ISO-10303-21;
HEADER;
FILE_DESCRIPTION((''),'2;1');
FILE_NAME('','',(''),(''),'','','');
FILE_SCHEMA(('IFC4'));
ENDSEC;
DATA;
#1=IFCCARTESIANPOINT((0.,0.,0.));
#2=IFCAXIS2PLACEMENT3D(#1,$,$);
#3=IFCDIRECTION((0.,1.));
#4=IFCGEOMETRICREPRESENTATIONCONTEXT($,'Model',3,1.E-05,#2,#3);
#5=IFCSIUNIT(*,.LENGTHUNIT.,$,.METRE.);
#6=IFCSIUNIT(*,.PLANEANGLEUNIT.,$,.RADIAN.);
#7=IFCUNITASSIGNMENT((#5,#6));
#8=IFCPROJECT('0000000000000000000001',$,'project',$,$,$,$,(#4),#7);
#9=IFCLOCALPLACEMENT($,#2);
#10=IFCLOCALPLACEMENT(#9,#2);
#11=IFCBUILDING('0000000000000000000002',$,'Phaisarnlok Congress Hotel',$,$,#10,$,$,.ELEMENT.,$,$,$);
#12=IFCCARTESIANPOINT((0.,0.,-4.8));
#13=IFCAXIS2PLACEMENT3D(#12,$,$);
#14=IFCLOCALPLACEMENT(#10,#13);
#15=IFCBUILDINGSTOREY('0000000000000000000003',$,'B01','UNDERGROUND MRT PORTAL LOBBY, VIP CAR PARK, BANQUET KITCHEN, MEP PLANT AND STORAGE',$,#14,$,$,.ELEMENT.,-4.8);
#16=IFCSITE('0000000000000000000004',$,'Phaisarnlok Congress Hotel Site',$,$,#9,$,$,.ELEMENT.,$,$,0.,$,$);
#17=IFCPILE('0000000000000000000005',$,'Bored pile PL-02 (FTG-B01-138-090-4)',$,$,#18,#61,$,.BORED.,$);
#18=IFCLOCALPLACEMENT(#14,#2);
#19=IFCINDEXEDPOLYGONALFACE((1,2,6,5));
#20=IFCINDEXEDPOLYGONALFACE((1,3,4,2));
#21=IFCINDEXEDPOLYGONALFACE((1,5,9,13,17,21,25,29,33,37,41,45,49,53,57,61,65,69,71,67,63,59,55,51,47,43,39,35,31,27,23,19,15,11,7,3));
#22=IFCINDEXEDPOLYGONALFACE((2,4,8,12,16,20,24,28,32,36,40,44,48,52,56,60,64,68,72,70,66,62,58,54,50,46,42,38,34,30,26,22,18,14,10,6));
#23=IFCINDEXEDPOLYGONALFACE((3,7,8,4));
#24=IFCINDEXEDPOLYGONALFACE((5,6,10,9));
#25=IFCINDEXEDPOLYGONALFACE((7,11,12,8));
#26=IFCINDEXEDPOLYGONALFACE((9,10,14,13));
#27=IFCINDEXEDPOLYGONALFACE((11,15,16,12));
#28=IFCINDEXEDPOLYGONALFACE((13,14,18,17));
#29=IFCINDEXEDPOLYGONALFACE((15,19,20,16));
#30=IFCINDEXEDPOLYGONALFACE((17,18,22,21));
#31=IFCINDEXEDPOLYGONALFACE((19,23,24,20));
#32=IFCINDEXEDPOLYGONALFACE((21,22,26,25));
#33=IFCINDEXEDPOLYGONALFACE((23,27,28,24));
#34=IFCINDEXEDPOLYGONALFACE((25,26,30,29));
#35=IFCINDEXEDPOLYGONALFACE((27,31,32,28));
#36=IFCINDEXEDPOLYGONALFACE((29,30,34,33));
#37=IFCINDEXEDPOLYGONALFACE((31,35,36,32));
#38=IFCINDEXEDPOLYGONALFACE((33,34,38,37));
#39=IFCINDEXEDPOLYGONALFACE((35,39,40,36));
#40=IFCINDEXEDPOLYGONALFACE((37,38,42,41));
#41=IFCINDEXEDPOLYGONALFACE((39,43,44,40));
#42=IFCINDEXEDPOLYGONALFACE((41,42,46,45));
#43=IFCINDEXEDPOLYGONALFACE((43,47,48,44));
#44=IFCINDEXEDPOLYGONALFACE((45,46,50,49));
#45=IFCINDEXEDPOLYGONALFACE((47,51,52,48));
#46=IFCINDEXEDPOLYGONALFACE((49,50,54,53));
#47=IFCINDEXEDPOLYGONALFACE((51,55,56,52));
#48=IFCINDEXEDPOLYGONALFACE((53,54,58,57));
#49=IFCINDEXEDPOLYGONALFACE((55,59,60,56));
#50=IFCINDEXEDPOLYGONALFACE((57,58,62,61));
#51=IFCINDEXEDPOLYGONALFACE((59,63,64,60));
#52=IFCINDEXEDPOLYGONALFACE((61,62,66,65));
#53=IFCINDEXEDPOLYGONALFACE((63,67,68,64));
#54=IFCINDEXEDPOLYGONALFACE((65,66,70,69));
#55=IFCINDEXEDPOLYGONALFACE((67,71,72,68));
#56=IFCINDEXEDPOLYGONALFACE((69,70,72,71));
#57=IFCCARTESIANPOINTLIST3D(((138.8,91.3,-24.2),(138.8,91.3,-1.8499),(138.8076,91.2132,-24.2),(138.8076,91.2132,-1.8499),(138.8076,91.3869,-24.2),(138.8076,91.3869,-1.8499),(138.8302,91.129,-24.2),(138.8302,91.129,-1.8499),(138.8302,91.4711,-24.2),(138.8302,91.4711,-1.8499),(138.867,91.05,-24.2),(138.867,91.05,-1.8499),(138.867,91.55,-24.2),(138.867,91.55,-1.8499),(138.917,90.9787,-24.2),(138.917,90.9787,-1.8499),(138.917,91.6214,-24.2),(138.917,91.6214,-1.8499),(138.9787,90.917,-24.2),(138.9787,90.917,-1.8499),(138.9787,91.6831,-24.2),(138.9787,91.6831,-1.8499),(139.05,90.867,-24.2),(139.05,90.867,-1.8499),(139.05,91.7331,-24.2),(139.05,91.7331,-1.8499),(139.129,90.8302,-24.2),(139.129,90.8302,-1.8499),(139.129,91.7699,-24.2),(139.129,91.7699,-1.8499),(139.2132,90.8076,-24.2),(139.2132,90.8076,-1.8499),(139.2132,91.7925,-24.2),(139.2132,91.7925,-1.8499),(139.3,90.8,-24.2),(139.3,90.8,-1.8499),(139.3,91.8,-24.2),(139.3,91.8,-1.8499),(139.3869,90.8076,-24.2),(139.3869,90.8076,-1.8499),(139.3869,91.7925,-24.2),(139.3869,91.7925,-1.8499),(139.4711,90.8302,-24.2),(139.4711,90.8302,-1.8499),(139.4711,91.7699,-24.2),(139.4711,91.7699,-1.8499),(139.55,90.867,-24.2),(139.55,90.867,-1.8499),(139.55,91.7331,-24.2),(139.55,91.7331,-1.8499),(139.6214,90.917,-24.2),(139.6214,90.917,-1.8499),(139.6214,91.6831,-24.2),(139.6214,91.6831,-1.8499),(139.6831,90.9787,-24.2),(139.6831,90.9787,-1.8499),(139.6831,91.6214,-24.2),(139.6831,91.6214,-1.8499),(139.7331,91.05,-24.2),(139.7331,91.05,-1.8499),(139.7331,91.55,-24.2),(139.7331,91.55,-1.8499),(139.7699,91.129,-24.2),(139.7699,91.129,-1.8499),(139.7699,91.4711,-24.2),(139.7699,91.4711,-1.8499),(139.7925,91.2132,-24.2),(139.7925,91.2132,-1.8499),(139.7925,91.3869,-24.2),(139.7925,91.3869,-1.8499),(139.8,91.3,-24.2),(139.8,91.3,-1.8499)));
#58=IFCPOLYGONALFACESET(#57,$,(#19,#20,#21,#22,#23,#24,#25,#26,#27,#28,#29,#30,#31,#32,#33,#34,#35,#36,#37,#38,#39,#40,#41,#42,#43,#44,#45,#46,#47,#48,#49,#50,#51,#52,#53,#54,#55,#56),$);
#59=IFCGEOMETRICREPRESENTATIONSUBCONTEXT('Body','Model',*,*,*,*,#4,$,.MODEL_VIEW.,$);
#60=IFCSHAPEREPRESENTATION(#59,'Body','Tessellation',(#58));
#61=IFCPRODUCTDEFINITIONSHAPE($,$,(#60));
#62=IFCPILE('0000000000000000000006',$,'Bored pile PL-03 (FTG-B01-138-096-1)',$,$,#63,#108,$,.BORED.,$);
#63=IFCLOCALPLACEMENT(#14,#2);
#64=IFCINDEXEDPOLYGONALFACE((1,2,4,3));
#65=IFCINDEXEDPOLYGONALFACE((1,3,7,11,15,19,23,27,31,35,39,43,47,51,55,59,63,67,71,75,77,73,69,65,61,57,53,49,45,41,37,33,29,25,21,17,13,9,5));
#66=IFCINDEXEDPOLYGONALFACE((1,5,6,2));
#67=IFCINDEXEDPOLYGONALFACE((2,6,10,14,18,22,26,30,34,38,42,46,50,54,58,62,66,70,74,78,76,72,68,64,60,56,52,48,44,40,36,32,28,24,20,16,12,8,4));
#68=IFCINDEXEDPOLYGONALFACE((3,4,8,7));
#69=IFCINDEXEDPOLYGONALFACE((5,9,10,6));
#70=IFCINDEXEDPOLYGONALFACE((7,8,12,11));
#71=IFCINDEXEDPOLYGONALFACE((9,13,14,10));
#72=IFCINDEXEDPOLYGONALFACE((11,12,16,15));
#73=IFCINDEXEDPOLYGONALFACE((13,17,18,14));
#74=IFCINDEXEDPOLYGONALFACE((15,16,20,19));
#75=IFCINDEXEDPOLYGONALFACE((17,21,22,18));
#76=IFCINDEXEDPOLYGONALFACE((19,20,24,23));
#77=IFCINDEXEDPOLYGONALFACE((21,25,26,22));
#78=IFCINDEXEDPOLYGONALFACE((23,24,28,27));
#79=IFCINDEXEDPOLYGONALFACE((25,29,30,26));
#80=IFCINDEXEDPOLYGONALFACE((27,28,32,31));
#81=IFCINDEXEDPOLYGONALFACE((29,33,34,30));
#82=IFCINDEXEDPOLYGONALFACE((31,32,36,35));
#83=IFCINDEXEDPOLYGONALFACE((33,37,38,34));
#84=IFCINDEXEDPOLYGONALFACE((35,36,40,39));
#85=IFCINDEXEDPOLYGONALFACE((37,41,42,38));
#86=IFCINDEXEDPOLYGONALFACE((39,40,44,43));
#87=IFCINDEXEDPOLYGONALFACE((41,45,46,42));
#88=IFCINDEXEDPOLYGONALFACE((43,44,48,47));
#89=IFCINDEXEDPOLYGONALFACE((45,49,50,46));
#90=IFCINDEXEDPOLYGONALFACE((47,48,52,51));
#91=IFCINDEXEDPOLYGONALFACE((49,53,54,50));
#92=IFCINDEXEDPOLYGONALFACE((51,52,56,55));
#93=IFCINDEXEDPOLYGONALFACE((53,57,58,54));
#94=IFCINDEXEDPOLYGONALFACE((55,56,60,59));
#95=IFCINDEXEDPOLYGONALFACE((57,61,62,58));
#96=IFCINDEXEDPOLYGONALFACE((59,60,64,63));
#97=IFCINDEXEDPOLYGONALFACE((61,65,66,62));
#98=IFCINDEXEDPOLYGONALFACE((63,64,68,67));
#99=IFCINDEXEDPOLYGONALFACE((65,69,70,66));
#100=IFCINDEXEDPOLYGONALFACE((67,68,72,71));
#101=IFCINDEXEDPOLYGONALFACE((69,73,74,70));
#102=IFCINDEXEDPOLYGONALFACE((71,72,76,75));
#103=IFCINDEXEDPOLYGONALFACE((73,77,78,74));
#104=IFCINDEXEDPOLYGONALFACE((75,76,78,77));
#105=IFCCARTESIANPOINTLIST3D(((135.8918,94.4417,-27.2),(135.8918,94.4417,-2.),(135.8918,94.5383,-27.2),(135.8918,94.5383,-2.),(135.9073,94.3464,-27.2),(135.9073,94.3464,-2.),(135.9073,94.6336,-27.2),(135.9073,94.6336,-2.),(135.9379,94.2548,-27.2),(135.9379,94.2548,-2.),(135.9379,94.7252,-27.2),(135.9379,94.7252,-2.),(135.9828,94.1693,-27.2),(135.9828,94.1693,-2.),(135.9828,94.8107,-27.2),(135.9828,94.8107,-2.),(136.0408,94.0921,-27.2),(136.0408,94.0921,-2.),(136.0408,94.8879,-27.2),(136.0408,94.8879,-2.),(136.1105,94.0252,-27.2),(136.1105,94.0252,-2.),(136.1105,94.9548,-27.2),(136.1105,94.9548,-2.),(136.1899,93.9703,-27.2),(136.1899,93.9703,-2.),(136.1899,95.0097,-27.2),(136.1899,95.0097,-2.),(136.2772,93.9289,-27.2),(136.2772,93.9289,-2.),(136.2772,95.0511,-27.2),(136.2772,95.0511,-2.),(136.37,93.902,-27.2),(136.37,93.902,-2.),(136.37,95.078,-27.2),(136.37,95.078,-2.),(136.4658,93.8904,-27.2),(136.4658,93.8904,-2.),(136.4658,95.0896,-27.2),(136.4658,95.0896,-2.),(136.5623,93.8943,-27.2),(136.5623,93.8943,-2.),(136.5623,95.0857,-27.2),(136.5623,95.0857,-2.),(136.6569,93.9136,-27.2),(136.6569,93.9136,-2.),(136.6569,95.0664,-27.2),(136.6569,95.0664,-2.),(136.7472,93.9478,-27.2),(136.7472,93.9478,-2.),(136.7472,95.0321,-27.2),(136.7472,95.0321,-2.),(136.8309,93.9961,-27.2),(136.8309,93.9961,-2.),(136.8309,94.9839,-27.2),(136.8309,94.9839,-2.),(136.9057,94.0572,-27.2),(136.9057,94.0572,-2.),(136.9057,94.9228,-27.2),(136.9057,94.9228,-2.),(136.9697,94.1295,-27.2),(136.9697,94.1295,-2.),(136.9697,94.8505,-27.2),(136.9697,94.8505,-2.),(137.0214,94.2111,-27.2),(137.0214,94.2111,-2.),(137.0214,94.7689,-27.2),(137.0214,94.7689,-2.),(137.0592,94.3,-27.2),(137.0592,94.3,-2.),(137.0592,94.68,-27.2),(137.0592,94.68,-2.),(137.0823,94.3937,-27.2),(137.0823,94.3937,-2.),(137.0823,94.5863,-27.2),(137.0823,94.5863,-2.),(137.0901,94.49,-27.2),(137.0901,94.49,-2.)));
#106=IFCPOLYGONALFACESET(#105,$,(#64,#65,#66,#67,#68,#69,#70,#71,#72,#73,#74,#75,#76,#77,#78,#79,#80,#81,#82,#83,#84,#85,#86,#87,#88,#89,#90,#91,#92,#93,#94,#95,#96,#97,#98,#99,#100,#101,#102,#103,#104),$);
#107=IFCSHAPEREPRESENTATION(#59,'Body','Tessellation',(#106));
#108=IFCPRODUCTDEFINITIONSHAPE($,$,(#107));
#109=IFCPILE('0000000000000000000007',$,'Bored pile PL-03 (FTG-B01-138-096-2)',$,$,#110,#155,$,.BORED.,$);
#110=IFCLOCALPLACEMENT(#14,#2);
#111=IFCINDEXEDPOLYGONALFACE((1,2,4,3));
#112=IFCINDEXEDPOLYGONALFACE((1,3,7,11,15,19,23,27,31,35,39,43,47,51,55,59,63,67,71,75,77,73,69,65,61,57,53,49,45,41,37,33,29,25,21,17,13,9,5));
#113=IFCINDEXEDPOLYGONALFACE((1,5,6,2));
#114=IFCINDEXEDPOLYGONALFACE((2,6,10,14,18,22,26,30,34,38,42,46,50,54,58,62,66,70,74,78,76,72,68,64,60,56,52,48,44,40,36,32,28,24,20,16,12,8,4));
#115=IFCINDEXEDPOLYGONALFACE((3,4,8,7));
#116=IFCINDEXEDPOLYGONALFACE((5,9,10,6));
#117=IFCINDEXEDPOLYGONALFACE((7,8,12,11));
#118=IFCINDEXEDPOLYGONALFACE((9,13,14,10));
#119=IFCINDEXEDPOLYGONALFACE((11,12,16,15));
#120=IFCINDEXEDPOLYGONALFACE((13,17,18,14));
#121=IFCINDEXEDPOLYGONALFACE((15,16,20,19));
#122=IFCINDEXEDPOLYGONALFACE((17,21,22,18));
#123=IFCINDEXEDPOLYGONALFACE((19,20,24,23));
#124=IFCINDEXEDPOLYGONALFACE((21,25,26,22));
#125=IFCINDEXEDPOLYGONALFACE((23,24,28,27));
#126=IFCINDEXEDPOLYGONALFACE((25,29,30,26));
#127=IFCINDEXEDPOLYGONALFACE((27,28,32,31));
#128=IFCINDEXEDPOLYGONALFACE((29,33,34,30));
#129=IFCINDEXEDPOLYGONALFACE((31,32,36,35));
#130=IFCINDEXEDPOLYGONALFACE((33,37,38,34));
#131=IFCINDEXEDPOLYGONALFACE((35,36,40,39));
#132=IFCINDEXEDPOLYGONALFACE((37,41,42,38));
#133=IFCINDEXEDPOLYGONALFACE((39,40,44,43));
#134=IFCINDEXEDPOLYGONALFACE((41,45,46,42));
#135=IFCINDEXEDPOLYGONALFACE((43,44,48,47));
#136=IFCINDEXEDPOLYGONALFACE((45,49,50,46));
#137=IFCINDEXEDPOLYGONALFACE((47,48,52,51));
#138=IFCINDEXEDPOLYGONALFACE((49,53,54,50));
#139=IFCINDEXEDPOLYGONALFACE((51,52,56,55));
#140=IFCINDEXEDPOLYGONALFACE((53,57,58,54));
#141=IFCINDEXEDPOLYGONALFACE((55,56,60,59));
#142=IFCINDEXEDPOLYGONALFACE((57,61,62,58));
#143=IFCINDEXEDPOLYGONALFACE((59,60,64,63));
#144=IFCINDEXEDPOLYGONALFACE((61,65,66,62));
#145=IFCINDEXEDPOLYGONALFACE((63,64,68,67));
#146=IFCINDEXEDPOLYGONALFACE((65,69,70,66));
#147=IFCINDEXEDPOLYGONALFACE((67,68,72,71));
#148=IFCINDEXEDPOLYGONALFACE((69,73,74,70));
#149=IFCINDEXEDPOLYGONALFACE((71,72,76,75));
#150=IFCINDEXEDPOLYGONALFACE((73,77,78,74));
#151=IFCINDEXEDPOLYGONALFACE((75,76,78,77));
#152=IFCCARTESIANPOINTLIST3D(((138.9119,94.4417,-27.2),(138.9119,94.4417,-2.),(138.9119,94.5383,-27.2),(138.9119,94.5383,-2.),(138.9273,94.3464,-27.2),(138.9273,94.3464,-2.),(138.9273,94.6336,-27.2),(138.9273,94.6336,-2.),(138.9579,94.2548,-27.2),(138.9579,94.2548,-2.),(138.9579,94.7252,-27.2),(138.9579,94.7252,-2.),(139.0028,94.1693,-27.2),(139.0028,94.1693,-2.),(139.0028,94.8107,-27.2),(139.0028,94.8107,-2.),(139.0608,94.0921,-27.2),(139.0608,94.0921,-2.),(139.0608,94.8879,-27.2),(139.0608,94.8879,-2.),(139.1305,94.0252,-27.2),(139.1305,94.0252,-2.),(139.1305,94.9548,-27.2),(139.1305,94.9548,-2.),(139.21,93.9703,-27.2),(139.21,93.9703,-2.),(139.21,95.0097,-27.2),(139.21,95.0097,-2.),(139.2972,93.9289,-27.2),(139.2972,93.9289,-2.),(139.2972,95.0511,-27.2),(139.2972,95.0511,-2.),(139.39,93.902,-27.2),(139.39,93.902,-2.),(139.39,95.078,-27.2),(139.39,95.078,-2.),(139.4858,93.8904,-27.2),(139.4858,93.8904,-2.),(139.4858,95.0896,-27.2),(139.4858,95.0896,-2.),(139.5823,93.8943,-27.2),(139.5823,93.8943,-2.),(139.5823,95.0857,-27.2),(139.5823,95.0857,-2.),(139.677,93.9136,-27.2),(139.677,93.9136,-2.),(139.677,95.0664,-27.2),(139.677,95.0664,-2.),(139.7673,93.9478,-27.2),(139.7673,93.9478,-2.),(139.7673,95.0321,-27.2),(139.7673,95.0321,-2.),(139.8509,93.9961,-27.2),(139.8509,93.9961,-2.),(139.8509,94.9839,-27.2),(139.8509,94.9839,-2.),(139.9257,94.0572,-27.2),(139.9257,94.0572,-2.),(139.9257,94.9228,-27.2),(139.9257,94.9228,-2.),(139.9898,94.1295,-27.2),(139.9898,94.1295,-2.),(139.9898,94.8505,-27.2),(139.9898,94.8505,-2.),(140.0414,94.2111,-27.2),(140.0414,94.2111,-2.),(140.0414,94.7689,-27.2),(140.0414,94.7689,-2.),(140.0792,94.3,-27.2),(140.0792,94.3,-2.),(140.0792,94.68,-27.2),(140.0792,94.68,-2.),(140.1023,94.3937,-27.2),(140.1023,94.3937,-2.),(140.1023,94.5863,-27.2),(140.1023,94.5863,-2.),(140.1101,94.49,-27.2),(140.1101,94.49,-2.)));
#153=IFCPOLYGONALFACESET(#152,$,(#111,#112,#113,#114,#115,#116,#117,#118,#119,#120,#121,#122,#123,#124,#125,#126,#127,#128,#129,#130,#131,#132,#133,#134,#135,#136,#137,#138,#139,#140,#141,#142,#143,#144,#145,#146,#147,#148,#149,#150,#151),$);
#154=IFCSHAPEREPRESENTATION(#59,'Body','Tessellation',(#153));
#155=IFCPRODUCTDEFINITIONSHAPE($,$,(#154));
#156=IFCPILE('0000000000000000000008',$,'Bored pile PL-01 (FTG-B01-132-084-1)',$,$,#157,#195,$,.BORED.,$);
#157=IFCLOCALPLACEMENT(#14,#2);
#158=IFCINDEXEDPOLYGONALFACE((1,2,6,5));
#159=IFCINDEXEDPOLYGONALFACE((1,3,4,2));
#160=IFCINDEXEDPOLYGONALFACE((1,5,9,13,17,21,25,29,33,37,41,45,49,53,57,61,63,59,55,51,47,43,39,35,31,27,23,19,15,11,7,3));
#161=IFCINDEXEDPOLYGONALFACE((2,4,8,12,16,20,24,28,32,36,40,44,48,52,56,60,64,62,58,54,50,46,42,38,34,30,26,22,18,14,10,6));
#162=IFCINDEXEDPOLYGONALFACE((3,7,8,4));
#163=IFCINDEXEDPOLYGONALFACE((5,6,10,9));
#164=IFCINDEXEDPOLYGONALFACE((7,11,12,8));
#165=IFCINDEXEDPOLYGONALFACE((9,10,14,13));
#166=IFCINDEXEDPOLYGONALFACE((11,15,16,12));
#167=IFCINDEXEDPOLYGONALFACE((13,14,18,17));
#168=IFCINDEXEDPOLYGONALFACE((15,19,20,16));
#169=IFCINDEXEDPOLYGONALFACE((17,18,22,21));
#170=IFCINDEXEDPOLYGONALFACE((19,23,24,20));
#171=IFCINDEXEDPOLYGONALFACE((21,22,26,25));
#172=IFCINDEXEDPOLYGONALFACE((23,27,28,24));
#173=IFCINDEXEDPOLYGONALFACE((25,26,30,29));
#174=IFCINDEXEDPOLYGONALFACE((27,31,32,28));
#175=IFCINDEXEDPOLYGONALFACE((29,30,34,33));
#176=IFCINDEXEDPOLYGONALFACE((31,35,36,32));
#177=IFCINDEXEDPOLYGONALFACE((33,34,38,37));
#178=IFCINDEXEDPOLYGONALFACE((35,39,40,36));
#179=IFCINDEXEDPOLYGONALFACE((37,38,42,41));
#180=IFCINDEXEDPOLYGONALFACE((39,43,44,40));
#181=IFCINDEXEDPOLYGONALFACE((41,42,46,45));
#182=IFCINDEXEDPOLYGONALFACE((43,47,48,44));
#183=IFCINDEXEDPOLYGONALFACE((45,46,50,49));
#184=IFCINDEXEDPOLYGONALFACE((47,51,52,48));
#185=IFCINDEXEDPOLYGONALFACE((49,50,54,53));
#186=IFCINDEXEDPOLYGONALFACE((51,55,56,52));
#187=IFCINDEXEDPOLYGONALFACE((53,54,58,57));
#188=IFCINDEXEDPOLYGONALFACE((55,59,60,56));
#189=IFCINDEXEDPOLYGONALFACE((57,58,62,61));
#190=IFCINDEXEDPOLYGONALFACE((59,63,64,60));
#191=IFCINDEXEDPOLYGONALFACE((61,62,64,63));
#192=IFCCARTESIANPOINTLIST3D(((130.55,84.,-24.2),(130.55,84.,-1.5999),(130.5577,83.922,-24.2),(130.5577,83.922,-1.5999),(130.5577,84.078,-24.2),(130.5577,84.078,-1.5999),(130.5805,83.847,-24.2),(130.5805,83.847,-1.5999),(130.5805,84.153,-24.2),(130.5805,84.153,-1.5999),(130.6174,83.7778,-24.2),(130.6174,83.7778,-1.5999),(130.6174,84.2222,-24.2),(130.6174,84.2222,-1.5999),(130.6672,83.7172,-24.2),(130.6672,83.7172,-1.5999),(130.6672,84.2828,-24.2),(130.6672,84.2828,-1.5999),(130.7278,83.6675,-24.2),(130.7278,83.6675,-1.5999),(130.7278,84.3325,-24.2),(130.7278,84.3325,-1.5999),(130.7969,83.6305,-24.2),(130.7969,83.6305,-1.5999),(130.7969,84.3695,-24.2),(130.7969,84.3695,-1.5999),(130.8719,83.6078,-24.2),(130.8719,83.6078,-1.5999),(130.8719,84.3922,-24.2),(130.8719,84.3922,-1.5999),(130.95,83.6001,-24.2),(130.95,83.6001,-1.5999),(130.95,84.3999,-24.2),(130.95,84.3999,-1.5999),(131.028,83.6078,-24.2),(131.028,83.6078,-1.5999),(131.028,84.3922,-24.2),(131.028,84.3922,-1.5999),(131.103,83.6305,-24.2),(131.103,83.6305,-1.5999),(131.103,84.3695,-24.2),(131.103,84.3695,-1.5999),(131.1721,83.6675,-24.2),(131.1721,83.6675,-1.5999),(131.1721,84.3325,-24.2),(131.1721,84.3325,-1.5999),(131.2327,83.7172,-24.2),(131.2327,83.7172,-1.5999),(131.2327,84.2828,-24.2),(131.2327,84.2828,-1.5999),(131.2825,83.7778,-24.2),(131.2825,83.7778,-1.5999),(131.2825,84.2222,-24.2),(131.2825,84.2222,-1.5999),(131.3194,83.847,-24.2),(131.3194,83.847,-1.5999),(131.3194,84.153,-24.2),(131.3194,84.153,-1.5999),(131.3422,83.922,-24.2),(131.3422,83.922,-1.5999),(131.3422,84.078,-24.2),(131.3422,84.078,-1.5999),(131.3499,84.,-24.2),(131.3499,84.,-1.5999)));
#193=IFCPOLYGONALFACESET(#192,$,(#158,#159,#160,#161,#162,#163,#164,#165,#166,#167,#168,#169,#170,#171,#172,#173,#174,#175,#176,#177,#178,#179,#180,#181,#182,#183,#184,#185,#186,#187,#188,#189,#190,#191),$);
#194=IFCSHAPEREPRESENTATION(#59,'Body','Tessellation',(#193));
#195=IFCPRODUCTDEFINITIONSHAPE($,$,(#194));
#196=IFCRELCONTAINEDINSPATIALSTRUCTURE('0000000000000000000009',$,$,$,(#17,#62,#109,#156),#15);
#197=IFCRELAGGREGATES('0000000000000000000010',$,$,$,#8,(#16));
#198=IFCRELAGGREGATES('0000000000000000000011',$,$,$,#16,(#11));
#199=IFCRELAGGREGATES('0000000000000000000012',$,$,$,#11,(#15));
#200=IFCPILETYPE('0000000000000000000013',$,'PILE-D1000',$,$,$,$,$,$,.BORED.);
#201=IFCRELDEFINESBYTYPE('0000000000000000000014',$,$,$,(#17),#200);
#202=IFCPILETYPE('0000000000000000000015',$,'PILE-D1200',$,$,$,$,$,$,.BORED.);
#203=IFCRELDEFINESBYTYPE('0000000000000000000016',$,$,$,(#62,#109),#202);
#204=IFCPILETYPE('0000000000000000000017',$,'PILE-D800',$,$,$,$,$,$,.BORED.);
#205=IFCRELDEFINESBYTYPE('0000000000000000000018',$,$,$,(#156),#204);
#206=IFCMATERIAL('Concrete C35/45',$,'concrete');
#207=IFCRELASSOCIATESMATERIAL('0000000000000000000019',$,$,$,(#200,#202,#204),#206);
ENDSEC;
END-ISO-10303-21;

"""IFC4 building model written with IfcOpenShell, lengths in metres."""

from ifc_helpers import new_model, si_unit, direction, frame, origin, origin_2d, place, context, subcontext, project, spatial, circle, extrude, material, material_profile, profile_set, type_object, element, save


model = new_model("IFC4")

# Units and contexts
model_context = context("Model", 3, precision=1e-05, world=origin(), true_north=direction((0.0, 1.0)))
body_context = subcontext(model_context, "Body", "Model", "MODEL_VIEW")
ifc_project = project(units=[si_unit("LENGTHUNIT", "METRE"), si_unit("PLANEANGLEUNIT", "RADIAN")], contexts=[model_context])

# Site, building, storey
site_placement = place(None, origin())
site = spatial("IfcSite", under=ifc_project, at=site_placement, Name="Phaisarnlok Congress Hotel Site", CompositionType="ELEMENT", RefElevation=0.0)
building_placement = place(site_placement, origin())
building = spatial("IfcBuilding", under=site, at=building_placement, Name="Phaisarnlok Congress Hotel", CompositionType="ELEMENT")
storey_placement = place(building_placement, frame((0.0, 0.0, -4.8)))
storey = spatial("IfcBuildingStorey", under=building, at=storey_placement, Name="B01", Description="UNDERGROUND MRT PORTAL LOBBY, VIP CAR PARK, BANQUET KITCHEN, MEP PLANT AND STORAGE", CompositionType="ELEMENT", Elevation=-4.8)

# Piles
ifc_material_1 = material(Name="Concrete C35/45", Category="concrete")
ifc_material_profile_1 = material_profile(ifc_material_1, circle(Radius=0.5, at=origin_2d()), Name="BORED PILE D1000")
ifc_profile_set_1 = profile_set([ifc_material_profile_1], Name="Concrete C35/45")
pile_type_1 = type_object("IfcPileType", Name="PILE-D1000", PredefinedType="BORED", material=ifc_profile_set_1)
for number, where, z_axis, x_axis, name in (
    (1, (139.3, 91.3, -1.8499), (0.0, 0.0, -1.0), (1.0, 0.0, 0.0), "Bored pile PL-02 (FTG-B01-138-090-4)"),
):
    element("IfcPile", number, at=place(storey_placement, frame(where, z_axis=z_axis, x_axis=x_axis)), inside=storey, type_object=pile_type_1, Name=name, PredefinedType="BORED", context=body_context, shape_type="SweptSolid", body=[
        extrude(circle(Radius=0.5, at=origin_2d()), origin(), (0.0, 0.0, 1.0), 22.3501),
    ])
ifc_material_profile_2 = material_profile(ifc_material_1, circle(Radius=0.6001, at=origin_2d()), Name="BORED PILE D1200")
ifc_profile_set_2 = profile_set([ifc_material_profile_2], Name="Concrete C35/45")
pile_type_2 = type_object("IfcPileType", Name="PILE-D1200", PredefinedType="BORED", material=ifc_profile_set_2)
for number, where, z_axis, x_axis, name in (
    (2, (136.49, 94.49, -2.0), (0.0, 0.0, -1.0), (1.0, 0.0, 0.0), "Bored pile PL-03 (FTG-B01-138-096-1)"),
    (3, (139.51, 94.49, -2.0), (0.0, 0.0, -1.0), (1.0, 0.0, 0.0), "Bored pile PL-03 (FTG-B01-138-096-2)"),
):
    element("IfcPile", number, at=place(storey_placement, frame(where, z_axis=z_axis, x_axis=x_axis)), inside=storey, type_object=pile_type_2, Name=name, PredefinedType="BORED", context=body_context, shape_type="SweptSolid", body=[
        extrude(circle(Radius=0.6001, at=origin_2d()), origin(), (0.0, 0.0, 1.0), 25.2),
    ])
ifc_material_profile_3 = material_profile(ifc_material_1, circle(Radius=0.3999, at=origin_2d()), Name="BORED PILE D800")
ifc_profile_set_3 = profile_set([ifc_material_profile_3], Name="Concrete C35/45")
pile_type_3 = type_object("IfcPileType", Name="PILE-D800", PredefinedType="BORED", material=ifc_profile_set_3)
for number, where, z_axis, x_axis, name in (
    (4, (130.95, 84.0, -1.5999), (0.0, 0.0, -1.0), (1.0, 0.0, 0.0), "Bored pile PL-01 (FTG-B01-132-084-1)"),
):
    element("IfcPile", number, at=place(storey_placement, frame(where, z_axis=z_axis, x_axis=x_axis)), inside=storey, type_object=pile_type_3, Name=name, PredefinedType="BORED", context=body_context, shape_type="SweptSolid", body=[
        extrude(circle(Radius=0.3999, at=origin_2d()), origin(), (0.0, 0.0, 1.0), 22.6001),
    ])

save(model, "model.ifc")
